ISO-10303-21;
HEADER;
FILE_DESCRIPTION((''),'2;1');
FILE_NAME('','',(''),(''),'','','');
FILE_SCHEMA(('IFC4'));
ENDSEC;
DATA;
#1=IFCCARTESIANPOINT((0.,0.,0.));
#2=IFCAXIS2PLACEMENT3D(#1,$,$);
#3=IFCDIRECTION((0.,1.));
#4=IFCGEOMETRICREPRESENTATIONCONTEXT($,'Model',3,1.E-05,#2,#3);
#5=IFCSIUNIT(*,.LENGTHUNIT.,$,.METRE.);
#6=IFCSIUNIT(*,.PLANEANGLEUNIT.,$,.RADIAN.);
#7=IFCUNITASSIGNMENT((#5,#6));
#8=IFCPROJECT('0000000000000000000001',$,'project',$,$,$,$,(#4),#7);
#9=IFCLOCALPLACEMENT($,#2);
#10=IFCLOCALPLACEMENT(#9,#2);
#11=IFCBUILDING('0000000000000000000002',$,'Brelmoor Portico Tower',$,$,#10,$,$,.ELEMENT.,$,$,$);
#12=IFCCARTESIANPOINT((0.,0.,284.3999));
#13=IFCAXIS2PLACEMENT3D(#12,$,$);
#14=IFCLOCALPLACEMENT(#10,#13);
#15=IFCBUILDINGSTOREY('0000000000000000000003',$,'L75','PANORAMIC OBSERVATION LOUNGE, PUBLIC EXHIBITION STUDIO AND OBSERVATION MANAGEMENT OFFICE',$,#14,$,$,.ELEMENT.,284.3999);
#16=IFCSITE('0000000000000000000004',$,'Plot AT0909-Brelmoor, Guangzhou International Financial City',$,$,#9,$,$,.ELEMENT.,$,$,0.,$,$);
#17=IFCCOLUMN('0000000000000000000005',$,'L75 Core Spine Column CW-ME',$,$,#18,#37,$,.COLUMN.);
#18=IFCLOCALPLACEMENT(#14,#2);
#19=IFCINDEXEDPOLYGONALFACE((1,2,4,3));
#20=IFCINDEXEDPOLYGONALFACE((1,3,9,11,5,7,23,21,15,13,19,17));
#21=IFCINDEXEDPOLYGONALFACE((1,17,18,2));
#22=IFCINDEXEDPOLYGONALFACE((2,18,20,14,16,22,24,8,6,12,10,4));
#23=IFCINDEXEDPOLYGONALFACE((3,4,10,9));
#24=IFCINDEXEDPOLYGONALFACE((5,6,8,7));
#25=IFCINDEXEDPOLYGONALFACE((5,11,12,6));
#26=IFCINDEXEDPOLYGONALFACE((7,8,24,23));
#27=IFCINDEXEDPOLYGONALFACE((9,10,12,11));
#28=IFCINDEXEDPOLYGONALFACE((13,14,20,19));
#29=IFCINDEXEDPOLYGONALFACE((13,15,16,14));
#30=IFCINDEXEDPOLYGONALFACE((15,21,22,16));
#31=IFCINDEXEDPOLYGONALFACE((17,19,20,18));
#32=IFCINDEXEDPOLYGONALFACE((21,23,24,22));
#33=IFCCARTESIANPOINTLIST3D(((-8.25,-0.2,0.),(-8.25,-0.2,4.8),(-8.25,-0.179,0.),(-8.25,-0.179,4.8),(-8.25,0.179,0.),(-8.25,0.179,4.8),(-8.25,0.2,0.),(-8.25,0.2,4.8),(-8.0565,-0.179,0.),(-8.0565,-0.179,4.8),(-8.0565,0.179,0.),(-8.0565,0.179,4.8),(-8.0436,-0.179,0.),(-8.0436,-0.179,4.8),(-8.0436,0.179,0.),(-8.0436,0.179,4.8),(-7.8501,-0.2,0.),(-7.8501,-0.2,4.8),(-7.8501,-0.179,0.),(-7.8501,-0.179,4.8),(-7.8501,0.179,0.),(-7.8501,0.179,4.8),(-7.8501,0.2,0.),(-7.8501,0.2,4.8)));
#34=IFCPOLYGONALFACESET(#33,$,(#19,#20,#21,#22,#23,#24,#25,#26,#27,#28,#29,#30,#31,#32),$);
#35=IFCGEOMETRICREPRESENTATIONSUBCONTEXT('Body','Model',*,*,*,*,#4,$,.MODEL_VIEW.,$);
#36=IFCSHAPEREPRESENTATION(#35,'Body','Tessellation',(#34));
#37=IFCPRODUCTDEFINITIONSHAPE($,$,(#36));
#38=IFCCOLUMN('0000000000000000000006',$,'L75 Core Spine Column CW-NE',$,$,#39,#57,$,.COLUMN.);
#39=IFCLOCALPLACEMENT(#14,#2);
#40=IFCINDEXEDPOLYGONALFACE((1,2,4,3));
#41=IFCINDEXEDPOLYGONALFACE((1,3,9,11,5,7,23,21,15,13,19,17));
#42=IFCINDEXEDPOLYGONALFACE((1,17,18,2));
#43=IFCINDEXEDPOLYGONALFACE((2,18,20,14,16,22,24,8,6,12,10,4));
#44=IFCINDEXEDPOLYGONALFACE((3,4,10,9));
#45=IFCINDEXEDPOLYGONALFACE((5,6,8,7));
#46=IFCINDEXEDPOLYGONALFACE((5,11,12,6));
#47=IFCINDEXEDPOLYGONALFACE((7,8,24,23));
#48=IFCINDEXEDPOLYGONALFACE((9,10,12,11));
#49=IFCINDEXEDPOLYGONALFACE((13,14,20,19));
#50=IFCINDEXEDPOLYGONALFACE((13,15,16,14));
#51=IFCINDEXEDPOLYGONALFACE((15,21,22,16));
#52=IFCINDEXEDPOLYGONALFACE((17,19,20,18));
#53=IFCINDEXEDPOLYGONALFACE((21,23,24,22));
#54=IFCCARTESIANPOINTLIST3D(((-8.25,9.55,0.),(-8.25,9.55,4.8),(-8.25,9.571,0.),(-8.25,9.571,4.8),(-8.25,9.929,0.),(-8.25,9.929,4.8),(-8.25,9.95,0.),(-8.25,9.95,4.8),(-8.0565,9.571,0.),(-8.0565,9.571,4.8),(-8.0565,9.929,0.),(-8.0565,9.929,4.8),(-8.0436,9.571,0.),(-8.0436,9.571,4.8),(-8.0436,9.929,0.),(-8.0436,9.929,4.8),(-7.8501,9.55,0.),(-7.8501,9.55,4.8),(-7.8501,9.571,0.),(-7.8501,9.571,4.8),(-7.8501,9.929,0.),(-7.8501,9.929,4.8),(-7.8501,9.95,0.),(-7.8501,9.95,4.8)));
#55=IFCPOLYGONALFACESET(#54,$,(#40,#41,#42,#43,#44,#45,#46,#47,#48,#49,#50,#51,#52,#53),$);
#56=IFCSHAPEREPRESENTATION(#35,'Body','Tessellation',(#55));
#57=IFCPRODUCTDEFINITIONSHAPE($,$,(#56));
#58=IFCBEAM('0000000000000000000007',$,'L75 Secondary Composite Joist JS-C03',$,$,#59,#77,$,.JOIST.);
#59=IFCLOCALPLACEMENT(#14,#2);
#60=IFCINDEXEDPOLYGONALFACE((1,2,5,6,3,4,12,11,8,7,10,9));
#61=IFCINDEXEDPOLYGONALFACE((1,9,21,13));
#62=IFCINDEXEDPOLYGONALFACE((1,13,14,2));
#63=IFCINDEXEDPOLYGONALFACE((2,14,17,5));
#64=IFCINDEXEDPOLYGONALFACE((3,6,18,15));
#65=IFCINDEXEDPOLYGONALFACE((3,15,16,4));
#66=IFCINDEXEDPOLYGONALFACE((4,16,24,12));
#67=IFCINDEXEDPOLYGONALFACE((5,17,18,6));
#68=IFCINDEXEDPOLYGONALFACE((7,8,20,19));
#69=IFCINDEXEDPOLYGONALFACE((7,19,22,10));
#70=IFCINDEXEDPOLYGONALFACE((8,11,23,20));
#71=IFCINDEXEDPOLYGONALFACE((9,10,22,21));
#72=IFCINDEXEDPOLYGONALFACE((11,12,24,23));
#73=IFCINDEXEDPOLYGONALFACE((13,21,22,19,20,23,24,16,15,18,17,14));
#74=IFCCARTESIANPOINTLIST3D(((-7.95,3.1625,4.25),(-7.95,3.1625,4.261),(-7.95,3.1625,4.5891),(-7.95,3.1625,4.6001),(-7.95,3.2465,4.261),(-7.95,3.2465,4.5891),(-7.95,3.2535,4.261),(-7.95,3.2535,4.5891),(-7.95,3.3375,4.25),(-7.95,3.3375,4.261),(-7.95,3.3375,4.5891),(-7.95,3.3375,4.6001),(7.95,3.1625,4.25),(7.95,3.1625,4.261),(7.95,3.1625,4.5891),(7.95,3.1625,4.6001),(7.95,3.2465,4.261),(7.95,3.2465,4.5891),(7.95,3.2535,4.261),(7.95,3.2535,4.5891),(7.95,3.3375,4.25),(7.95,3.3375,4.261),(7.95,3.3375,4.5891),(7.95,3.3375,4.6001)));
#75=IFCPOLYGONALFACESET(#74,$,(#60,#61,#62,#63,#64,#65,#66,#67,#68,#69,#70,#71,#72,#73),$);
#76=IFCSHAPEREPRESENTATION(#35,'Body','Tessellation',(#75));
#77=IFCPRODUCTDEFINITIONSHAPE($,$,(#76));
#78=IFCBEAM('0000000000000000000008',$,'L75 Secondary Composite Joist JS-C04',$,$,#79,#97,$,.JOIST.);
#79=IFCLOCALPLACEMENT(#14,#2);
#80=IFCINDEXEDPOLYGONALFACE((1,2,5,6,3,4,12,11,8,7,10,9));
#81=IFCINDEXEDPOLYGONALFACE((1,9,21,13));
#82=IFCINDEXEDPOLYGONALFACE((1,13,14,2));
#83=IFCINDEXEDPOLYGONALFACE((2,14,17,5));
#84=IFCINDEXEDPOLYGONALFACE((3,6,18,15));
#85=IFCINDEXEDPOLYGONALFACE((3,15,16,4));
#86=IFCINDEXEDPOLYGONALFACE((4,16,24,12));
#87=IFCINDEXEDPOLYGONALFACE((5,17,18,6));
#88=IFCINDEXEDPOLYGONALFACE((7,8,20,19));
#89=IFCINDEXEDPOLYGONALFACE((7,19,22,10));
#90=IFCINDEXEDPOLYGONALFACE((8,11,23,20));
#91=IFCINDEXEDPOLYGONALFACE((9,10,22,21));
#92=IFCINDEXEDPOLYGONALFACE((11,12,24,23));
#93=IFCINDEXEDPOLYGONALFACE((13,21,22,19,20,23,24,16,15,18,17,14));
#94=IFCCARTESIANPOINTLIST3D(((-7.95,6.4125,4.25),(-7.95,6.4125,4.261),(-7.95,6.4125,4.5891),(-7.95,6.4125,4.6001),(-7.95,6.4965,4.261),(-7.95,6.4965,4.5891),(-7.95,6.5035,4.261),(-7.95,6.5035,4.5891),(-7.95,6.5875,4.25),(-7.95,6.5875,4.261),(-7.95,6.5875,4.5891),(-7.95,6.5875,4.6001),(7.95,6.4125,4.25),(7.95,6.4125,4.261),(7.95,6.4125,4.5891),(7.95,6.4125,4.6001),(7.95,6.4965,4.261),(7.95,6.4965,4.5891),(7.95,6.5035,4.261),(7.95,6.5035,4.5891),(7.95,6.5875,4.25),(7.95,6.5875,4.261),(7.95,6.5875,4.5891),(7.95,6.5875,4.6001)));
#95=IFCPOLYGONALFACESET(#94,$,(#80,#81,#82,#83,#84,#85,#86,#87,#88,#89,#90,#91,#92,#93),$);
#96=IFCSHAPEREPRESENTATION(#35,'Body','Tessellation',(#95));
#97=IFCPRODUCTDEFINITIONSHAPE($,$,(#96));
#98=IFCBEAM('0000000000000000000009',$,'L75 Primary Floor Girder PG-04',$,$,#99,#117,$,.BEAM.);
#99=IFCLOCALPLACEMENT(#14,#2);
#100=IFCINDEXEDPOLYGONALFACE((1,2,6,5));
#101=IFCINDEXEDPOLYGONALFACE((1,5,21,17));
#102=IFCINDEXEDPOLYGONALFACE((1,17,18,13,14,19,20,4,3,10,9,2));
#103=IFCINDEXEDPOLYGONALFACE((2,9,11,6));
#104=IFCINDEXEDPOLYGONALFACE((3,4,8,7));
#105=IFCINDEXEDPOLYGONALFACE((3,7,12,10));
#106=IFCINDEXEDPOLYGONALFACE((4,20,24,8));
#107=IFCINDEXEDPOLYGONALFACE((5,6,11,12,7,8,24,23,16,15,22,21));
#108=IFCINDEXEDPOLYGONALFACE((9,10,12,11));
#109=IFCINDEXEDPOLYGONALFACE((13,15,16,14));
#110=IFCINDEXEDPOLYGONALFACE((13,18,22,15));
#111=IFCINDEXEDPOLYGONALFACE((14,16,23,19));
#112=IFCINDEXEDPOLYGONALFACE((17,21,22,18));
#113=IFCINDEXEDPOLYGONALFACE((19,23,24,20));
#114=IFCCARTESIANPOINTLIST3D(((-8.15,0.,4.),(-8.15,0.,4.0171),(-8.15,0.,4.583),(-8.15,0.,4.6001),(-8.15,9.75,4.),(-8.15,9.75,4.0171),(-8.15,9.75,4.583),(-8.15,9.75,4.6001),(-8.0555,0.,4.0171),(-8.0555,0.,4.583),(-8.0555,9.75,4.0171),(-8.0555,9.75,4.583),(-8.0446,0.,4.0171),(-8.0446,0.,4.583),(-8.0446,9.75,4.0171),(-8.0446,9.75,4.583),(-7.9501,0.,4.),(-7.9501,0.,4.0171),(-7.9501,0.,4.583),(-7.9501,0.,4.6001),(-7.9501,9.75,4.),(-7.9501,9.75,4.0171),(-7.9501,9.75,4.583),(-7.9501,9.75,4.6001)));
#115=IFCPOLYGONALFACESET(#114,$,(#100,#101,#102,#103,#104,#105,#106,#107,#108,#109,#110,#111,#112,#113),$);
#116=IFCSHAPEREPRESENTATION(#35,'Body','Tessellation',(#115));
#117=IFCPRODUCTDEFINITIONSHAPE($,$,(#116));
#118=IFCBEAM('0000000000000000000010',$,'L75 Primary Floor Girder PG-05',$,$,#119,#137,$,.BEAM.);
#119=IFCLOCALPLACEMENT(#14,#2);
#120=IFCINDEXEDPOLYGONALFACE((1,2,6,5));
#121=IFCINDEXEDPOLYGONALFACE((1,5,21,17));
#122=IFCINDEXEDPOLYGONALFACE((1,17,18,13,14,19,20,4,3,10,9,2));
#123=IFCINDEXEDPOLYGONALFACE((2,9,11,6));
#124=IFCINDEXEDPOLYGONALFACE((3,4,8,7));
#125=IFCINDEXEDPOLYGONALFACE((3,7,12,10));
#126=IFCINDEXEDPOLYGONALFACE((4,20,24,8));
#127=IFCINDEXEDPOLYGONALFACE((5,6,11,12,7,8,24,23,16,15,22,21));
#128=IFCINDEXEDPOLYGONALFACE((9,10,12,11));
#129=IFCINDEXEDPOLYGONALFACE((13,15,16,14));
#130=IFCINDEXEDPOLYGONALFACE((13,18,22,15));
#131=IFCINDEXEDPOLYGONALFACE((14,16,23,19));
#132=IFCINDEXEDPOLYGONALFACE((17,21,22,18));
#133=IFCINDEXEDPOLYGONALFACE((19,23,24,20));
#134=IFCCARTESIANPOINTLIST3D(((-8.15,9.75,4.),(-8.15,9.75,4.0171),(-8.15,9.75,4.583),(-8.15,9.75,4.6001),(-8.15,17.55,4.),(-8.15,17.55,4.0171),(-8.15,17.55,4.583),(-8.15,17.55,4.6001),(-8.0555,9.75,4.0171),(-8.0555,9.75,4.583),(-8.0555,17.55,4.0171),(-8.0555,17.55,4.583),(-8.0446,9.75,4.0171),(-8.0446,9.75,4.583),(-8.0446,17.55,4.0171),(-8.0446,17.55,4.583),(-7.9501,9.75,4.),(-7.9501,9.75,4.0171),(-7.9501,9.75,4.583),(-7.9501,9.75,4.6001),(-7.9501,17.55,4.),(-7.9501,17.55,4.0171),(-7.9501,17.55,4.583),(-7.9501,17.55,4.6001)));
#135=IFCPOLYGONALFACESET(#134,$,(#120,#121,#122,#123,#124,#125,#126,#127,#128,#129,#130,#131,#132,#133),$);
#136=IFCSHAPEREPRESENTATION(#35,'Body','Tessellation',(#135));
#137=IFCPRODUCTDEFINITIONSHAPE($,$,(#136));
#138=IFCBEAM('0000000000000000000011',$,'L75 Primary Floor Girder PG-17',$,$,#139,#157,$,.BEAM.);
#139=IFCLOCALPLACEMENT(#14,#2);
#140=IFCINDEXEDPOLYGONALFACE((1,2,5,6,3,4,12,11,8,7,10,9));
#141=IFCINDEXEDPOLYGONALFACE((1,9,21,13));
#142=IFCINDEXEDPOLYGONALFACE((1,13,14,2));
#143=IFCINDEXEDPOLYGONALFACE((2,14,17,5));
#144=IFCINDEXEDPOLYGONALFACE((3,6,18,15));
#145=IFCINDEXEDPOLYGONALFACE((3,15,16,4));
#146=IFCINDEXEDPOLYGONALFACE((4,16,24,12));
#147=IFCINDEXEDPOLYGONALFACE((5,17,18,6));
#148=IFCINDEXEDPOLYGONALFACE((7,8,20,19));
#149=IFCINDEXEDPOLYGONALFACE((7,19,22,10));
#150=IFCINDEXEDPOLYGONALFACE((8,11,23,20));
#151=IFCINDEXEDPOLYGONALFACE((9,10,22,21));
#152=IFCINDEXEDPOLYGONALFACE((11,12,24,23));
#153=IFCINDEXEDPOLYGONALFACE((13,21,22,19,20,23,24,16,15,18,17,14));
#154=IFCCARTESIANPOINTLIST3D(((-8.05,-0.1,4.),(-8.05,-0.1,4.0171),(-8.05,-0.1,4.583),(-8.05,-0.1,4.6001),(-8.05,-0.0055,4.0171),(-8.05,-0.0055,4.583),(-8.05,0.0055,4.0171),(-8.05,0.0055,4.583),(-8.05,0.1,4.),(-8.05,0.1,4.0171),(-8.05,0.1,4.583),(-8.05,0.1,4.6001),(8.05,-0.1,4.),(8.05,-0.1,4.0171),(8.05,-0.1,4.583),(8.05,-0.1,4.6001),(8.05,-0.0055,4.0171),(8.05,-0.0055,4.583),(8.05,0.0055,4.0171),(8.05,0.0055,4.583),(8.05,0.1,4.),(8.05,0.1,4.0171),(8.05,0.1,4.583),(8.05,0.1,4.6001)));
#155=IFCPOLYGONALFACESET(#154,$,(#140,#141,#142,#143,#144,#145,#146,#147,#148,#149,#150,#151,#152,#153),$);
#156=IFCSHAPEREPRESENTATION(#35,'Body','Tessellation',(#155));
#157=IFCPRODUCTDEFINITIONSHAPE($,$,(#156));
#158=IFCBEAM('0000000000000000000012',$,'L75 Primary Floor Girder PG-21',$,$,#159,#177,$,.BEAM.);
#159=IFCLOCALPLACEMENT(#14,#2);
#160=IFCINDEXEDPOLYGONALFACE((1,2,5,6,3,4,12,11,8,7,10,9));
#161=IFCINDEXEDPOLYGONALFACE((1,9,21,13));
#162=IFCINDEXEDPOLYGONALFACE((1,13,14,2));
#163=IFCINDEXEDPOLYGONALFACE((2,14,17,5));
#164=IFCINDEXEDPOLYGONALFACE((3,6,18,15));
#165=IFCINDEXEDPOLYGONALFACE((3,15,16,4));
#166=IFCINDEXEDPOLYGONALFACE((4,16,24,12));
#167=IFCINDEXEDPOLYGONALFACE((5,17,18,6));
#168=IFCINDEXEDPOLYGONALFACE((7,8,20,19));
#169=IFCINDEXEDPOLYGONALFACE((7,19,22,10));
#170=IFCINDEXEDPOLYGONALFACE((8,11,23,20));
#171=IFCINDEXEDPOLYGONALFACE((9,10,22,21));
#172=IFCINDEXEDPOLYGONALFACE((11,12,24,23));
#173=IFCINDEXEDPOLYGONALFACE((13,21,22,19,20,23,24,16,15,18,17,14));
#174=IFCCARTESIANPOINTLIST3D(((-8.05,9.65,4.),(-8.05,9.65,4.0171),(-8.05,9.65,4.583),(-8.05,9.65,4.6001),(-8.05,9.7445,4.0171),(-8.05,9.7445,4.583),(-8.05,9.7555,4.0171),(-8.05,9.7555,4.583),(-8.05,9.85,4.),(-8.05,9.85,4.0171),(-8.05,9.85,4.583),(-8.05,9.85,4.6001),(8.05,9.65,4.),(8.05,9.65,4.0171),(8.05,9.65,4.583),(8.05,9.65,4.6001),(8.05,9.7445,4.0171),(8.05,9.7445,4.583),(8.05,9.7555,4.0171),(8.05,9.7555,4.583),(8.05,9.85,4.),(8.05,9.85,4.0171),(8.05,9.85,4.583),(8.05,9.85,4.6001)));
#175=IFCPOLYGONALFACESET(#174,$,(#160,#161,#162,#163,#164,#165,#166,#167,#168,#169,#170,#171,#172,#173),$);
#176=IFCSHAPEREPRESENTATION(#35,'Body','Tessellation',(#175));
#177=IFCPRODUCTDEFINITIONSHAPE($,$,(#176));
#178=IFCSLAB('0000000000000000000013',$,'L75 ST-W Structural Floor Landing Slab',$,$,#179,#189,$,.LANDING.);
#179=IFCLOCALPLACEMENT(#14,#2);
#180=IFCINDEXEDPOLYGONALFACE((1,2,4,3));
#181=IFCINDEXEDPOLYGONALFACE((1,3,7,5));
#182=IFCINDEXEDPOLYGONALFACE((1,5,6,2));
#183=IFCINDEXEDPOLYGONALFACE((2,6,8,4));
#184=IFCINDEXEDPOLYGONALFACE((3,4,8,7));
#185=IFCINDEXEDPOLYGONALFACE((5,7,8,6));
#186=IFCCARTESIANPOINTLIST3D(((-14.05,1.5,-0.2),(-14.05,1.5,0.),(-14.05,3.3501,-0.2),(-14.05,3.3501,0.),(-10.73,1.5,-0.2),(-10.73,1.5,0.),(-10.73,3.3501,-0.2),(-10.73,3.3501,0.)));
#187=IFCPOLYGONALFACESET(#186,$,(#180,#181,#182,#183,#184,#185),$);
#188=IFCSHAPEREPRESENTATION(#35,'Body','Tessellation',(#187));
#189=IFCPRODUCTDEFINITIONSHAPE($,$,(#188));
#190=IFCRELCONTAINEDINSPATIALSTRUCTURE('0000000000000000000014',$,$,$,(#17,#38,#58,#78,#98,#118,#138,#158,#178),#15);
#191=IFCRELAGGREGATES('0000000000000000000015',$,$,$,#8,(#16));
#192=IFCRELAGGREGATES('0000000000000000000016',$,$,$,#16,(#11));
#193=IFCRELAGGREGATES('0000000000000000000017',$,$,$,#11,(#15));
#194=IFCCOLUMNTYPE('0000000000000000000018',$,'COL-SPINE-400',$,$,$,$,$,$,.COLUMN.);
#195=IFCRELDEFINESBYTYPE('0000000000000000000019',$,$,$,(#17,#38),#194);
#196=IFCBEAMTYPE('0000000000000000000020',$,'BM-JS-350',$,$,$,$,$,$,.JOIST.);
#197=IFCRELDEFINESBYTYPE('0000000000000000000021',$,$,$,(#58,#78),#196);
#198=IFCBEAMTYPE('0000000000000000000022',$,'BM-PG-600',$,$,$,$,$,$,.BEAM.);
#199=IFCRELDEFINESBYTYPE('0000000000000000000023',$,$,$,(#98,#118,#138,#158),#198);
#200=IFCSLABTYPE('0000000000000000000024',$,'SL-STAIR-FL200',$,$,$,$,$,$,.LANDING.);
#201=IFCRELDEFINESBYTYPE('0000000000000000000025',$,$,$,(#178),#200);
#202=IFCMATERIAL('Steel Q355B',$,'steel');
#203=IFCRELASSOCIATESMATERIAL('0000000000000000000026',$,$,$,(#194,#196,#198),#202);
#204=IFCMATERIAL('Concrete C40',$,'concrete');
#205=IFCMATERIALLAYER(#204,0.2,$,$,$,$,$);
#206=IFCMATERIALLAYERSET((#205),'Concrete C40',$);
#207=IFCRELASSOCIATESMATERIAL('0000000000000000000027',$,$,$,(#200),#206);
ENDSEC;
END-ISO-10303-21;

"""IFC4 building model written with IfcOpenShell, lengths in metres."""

from ifc_helpers import new_model, si_unit, direction, frame, origin, origin_2d, place, context, subcontext, project, spatial, polyline, i_section, outline, extrude, material, layer, layer_set, material_profile, profile_set, type_object, element, save


model = new_model("IFC4")

# Units and contexts
model_context = context("Model", 3, precision=1e-05, world=origin(), true_north=direction((0.0, 1.0)))
body_context = subcontext(model_context, "Body", "Model", "MODEL_VIEW")
ifc_project = project(units=[si_unit("LENGTHUNIT", "METRE"), si_unit("PLANEANGLEUNIT", "RADIAN")], contexts=[model_context])

# Site, building, storey
site_placement = place(None, origin())
site = spatial("IfcSite", under=ifc_project, at=site_placement, Name="Plot AT0909-Brelmoor, Guangzhou International Financial City", CompositionType="ELEMENT", RefElevation=0.0)
building_placement = place(site_placement, origin())
building = spatial("IfcBuilding", under=site, at=building_placement, Name="Brelmoor Portico Tower", CompositionType="ELEMENT")
storey_placement = place(building_placement, frame((0.0, 0.0, 284.3999)))
storey = spatial("IfcBuildingStorey", under=building, at=storey_placement, Name="L75", Description="PANORAMIC OBSERVATION LOUNGE, PUBLIC EXHIBITION STUDIO AND OBSERVATION MANAGEMENT OFFICE", CompositionType="ELEMENT", Elevation=284.3999)

# Columns
ifc_material_1 = material(Name="Steel Q355B", Category="steel")
ifc_material_profile_1 = material_profile(ifc_material_1, i_section(OverallWidth=0.3999, OverallDepth=0.3999, WebThickness=0.0129, FlangeThickness=0.021, at=origin_2d()), Name="HW 400x400x13x21")
ifc_profile_set_1 = profile_set([ifc_material_profile_1], Name="Steel Q355B")
column_type = type_object("IfcColumnType", Name="COL-SPINE-400", PredefinedType="COLUMN", material=ifc_profile_set_1)
for number, where, z_axis, x_axis, name in (
    (1, (-8.05, 0.0, 0.0), (0.0, 0.0, 1.0), (1.0, 0.0, 0.0), "L75 Core Spine Column CW-ME"),
    (2, (-8.05, 9.75, 0.0), (0.0, 0.0, 1.0), (1.0, 0.0, 0.0), "L75 Core Spine Column CW-NE"),
):
    element("IfcColumn", number, at=place(storey_placement, frame(where, z_axis=z_axis, x_axis=x_axis)), inside=storey, type_object=column_type, Name=name, PredefinedType="COLUMN", context=body_context, shape_type="SweptSolid", body=[
        extrude(i_section(OverallWidth=0.3999, OverallDepth=0.3999, WebThickness=0.0129, FlangeThickness=0.021, at=origin_2d()), origin(), (0.0, 0.0, 1.0), 4.8),
    ])

# Beams
ifc_material_profile_2 = material_profile(ifc_material_1, i_section(OverallWidth=0.175, OverallDepth=0.3501, WebThickness=0.0071, FlangeThickness=0.011, at=origin_2d()), Name="HN 350x175x7x11")
ifc_profile_set_2 = profile_set([ifc_material_profile_2], Name="Steel Q355B")
beam_type_1 = type_object("IfcBeamType", Name="BM-JS-350", PredefinedType="JOIST", material=ifc_profile_set_2)
for number, where, z_axis, x_axis, name in (
    (3, (-7.95, 3.25, 4.425), (1.0, 0.0, 0.0), (0.0, 1.0, 0.0), "L75 Secondary Composite Joist JS-C03"),
    (4, (-7.95, 6.5, 4.425), (1.0, 0.0, 0.0), (0.0, 1.0, 0.0), "L75 Secondary Composite Joist JS-C04"),
):
    element("IfcBeam", number, at=place(storey_placement, frame(where, z_axis=z_axis, x_axis=x_axis)), inside=storey, type_object=beam_type_1, Name=name, PredefinedType="JOIST", context=body_context, shape_type="SweptSolid", body=[
        extrude(i_section(OverallWidth=0.175, OverallDepth=0.3501, WebThickness=0.0071, FlangeThickness=0.011, at=origin_2d()), origin(), (0.0, 0.0, 1.0), 15.8999),
    ])
ifc_material_profile_3 = material_profile(ifc_material_1, i_section(OverallWidth=0.2, OverallDepth=0.6001, WebThickness=0.011, FlangeThickness=0.0171, at=origin_2d()), Name="HN 600x200x11x17")
ifc_profile_set_3 = profile_set([ifc_material_profile_3], Name="Steel Q355B")
beam_type_2 = type_object("IfcBeamType", Name="BM-PG-600", PredefinedType="BEAM", material=ifc_profile_set_3)
beam_1_placement = place(storey_placement, frame((-8.05, 0.0, 4.3), z_axis=(0.0, 1.0, 0.0), x_axis=(-1.0, 0.0, 0.0)))
element("IfcBeam", 5, at=beam_1_placement, inside=storey, type_object=beam_type_2, Name="L75 Primary Floor Girder PG-04", PredefinedType="BEAM", context=body_context, shape_type="SweptSolid", body=[
    extrude(i_section(OverallWidth=0.2, OverallDepth=0.6001, WebThickness=0.011, FlangeThickness=0.0171, at=origin_2d()), origin(), (0.0, 0.0, 1.0), 9.75),
])
beam_2_placement = place(storey_placement, frame((-8.05, 9.75, 4.3), z_axis=(0.0, 1.0, 0.0), x_axis=(-1.0, 0.0, 0.0)))
element("IfcBeam", 6, at=beam_2_placement, inside=storey, type_object=beam_type_2, Name="L75 Primary Floor Girder PG-05", PredefinedType="BEAM", context=body_context, shape_type="SweptSolid", body=[
    extrude(i_section(OverallWidth=0.2, OverallDepth=0.6001, WebThickness=0.011, FlangeThickness=0.0171, at=origin_2d()), origin(), (0.0, 0.0, 1.0), 7.8),
])
for number, where, z_axis, x_axis, name in (
    (7, (-8.05, 0.0, 4.3), (1.0, 0.0, 0.0), (0.0, 1.0, 0.0), "L75 Primary Floor Girder PG-17"),
    (8, (-8.05, 9.75, 4.3), (1.0, 0.0, 0.0), (0.0, 1.0, 0.0), "L75 Primary Floor Girder PG-21"),
):
    element("IfcBeam", number, at=place(storey_placement, frame(where, z_axis=z_axis, x_axis=x_axis)), inside=storey, type_object=beam_type_2, Name=name, PredefinedType="BEAM", context=body_context, shape_type="SweptSolid", body=[
        extrude(i_section(OverallWidth=0.2, OverallDepth=0.6001, WebThickness=0.011, FlangeThickness=0.0171, at=origin_2d()), origin(), (0.0, 0.0, 1.0), 16.1001),
    ])

# Slab
ifc_material_2 = material(Name="Concrete C40", Category="concrete")
ifc_layer_1 = layer(ifc_material_2, 0.2)
ifc_layer_set_1 = layer_set([ifc_layer_1], Name="Concrete C40")
slab_type = type_object("IfcSlabType", Name="SL-STAIR-FL200", PredefinedType="LANDING", material=ifc_layer_set_1)
slab_1_placement = place(storey_placement, frame((0.0, 0.0, -0.2)))
element("IfcSlab", 9, at=slab_1_placement, inside=storey, type_object=slab_type, Name="L75 ST-W Structural Floor Landing Slab", PredefinedType="LANDING", context=body_context, shape_type="SweptSolid", body=[
    extrude(outline(polyline([(-10.73, 1.5), (-10.73, 3.3501), (-14.05, 3.3501), (-14.05, 1.5), (-10.73, 1.5)])), origin(), (0.0, 0.0, 1.0), 0.2),
])

save(model, "model.ifc")
